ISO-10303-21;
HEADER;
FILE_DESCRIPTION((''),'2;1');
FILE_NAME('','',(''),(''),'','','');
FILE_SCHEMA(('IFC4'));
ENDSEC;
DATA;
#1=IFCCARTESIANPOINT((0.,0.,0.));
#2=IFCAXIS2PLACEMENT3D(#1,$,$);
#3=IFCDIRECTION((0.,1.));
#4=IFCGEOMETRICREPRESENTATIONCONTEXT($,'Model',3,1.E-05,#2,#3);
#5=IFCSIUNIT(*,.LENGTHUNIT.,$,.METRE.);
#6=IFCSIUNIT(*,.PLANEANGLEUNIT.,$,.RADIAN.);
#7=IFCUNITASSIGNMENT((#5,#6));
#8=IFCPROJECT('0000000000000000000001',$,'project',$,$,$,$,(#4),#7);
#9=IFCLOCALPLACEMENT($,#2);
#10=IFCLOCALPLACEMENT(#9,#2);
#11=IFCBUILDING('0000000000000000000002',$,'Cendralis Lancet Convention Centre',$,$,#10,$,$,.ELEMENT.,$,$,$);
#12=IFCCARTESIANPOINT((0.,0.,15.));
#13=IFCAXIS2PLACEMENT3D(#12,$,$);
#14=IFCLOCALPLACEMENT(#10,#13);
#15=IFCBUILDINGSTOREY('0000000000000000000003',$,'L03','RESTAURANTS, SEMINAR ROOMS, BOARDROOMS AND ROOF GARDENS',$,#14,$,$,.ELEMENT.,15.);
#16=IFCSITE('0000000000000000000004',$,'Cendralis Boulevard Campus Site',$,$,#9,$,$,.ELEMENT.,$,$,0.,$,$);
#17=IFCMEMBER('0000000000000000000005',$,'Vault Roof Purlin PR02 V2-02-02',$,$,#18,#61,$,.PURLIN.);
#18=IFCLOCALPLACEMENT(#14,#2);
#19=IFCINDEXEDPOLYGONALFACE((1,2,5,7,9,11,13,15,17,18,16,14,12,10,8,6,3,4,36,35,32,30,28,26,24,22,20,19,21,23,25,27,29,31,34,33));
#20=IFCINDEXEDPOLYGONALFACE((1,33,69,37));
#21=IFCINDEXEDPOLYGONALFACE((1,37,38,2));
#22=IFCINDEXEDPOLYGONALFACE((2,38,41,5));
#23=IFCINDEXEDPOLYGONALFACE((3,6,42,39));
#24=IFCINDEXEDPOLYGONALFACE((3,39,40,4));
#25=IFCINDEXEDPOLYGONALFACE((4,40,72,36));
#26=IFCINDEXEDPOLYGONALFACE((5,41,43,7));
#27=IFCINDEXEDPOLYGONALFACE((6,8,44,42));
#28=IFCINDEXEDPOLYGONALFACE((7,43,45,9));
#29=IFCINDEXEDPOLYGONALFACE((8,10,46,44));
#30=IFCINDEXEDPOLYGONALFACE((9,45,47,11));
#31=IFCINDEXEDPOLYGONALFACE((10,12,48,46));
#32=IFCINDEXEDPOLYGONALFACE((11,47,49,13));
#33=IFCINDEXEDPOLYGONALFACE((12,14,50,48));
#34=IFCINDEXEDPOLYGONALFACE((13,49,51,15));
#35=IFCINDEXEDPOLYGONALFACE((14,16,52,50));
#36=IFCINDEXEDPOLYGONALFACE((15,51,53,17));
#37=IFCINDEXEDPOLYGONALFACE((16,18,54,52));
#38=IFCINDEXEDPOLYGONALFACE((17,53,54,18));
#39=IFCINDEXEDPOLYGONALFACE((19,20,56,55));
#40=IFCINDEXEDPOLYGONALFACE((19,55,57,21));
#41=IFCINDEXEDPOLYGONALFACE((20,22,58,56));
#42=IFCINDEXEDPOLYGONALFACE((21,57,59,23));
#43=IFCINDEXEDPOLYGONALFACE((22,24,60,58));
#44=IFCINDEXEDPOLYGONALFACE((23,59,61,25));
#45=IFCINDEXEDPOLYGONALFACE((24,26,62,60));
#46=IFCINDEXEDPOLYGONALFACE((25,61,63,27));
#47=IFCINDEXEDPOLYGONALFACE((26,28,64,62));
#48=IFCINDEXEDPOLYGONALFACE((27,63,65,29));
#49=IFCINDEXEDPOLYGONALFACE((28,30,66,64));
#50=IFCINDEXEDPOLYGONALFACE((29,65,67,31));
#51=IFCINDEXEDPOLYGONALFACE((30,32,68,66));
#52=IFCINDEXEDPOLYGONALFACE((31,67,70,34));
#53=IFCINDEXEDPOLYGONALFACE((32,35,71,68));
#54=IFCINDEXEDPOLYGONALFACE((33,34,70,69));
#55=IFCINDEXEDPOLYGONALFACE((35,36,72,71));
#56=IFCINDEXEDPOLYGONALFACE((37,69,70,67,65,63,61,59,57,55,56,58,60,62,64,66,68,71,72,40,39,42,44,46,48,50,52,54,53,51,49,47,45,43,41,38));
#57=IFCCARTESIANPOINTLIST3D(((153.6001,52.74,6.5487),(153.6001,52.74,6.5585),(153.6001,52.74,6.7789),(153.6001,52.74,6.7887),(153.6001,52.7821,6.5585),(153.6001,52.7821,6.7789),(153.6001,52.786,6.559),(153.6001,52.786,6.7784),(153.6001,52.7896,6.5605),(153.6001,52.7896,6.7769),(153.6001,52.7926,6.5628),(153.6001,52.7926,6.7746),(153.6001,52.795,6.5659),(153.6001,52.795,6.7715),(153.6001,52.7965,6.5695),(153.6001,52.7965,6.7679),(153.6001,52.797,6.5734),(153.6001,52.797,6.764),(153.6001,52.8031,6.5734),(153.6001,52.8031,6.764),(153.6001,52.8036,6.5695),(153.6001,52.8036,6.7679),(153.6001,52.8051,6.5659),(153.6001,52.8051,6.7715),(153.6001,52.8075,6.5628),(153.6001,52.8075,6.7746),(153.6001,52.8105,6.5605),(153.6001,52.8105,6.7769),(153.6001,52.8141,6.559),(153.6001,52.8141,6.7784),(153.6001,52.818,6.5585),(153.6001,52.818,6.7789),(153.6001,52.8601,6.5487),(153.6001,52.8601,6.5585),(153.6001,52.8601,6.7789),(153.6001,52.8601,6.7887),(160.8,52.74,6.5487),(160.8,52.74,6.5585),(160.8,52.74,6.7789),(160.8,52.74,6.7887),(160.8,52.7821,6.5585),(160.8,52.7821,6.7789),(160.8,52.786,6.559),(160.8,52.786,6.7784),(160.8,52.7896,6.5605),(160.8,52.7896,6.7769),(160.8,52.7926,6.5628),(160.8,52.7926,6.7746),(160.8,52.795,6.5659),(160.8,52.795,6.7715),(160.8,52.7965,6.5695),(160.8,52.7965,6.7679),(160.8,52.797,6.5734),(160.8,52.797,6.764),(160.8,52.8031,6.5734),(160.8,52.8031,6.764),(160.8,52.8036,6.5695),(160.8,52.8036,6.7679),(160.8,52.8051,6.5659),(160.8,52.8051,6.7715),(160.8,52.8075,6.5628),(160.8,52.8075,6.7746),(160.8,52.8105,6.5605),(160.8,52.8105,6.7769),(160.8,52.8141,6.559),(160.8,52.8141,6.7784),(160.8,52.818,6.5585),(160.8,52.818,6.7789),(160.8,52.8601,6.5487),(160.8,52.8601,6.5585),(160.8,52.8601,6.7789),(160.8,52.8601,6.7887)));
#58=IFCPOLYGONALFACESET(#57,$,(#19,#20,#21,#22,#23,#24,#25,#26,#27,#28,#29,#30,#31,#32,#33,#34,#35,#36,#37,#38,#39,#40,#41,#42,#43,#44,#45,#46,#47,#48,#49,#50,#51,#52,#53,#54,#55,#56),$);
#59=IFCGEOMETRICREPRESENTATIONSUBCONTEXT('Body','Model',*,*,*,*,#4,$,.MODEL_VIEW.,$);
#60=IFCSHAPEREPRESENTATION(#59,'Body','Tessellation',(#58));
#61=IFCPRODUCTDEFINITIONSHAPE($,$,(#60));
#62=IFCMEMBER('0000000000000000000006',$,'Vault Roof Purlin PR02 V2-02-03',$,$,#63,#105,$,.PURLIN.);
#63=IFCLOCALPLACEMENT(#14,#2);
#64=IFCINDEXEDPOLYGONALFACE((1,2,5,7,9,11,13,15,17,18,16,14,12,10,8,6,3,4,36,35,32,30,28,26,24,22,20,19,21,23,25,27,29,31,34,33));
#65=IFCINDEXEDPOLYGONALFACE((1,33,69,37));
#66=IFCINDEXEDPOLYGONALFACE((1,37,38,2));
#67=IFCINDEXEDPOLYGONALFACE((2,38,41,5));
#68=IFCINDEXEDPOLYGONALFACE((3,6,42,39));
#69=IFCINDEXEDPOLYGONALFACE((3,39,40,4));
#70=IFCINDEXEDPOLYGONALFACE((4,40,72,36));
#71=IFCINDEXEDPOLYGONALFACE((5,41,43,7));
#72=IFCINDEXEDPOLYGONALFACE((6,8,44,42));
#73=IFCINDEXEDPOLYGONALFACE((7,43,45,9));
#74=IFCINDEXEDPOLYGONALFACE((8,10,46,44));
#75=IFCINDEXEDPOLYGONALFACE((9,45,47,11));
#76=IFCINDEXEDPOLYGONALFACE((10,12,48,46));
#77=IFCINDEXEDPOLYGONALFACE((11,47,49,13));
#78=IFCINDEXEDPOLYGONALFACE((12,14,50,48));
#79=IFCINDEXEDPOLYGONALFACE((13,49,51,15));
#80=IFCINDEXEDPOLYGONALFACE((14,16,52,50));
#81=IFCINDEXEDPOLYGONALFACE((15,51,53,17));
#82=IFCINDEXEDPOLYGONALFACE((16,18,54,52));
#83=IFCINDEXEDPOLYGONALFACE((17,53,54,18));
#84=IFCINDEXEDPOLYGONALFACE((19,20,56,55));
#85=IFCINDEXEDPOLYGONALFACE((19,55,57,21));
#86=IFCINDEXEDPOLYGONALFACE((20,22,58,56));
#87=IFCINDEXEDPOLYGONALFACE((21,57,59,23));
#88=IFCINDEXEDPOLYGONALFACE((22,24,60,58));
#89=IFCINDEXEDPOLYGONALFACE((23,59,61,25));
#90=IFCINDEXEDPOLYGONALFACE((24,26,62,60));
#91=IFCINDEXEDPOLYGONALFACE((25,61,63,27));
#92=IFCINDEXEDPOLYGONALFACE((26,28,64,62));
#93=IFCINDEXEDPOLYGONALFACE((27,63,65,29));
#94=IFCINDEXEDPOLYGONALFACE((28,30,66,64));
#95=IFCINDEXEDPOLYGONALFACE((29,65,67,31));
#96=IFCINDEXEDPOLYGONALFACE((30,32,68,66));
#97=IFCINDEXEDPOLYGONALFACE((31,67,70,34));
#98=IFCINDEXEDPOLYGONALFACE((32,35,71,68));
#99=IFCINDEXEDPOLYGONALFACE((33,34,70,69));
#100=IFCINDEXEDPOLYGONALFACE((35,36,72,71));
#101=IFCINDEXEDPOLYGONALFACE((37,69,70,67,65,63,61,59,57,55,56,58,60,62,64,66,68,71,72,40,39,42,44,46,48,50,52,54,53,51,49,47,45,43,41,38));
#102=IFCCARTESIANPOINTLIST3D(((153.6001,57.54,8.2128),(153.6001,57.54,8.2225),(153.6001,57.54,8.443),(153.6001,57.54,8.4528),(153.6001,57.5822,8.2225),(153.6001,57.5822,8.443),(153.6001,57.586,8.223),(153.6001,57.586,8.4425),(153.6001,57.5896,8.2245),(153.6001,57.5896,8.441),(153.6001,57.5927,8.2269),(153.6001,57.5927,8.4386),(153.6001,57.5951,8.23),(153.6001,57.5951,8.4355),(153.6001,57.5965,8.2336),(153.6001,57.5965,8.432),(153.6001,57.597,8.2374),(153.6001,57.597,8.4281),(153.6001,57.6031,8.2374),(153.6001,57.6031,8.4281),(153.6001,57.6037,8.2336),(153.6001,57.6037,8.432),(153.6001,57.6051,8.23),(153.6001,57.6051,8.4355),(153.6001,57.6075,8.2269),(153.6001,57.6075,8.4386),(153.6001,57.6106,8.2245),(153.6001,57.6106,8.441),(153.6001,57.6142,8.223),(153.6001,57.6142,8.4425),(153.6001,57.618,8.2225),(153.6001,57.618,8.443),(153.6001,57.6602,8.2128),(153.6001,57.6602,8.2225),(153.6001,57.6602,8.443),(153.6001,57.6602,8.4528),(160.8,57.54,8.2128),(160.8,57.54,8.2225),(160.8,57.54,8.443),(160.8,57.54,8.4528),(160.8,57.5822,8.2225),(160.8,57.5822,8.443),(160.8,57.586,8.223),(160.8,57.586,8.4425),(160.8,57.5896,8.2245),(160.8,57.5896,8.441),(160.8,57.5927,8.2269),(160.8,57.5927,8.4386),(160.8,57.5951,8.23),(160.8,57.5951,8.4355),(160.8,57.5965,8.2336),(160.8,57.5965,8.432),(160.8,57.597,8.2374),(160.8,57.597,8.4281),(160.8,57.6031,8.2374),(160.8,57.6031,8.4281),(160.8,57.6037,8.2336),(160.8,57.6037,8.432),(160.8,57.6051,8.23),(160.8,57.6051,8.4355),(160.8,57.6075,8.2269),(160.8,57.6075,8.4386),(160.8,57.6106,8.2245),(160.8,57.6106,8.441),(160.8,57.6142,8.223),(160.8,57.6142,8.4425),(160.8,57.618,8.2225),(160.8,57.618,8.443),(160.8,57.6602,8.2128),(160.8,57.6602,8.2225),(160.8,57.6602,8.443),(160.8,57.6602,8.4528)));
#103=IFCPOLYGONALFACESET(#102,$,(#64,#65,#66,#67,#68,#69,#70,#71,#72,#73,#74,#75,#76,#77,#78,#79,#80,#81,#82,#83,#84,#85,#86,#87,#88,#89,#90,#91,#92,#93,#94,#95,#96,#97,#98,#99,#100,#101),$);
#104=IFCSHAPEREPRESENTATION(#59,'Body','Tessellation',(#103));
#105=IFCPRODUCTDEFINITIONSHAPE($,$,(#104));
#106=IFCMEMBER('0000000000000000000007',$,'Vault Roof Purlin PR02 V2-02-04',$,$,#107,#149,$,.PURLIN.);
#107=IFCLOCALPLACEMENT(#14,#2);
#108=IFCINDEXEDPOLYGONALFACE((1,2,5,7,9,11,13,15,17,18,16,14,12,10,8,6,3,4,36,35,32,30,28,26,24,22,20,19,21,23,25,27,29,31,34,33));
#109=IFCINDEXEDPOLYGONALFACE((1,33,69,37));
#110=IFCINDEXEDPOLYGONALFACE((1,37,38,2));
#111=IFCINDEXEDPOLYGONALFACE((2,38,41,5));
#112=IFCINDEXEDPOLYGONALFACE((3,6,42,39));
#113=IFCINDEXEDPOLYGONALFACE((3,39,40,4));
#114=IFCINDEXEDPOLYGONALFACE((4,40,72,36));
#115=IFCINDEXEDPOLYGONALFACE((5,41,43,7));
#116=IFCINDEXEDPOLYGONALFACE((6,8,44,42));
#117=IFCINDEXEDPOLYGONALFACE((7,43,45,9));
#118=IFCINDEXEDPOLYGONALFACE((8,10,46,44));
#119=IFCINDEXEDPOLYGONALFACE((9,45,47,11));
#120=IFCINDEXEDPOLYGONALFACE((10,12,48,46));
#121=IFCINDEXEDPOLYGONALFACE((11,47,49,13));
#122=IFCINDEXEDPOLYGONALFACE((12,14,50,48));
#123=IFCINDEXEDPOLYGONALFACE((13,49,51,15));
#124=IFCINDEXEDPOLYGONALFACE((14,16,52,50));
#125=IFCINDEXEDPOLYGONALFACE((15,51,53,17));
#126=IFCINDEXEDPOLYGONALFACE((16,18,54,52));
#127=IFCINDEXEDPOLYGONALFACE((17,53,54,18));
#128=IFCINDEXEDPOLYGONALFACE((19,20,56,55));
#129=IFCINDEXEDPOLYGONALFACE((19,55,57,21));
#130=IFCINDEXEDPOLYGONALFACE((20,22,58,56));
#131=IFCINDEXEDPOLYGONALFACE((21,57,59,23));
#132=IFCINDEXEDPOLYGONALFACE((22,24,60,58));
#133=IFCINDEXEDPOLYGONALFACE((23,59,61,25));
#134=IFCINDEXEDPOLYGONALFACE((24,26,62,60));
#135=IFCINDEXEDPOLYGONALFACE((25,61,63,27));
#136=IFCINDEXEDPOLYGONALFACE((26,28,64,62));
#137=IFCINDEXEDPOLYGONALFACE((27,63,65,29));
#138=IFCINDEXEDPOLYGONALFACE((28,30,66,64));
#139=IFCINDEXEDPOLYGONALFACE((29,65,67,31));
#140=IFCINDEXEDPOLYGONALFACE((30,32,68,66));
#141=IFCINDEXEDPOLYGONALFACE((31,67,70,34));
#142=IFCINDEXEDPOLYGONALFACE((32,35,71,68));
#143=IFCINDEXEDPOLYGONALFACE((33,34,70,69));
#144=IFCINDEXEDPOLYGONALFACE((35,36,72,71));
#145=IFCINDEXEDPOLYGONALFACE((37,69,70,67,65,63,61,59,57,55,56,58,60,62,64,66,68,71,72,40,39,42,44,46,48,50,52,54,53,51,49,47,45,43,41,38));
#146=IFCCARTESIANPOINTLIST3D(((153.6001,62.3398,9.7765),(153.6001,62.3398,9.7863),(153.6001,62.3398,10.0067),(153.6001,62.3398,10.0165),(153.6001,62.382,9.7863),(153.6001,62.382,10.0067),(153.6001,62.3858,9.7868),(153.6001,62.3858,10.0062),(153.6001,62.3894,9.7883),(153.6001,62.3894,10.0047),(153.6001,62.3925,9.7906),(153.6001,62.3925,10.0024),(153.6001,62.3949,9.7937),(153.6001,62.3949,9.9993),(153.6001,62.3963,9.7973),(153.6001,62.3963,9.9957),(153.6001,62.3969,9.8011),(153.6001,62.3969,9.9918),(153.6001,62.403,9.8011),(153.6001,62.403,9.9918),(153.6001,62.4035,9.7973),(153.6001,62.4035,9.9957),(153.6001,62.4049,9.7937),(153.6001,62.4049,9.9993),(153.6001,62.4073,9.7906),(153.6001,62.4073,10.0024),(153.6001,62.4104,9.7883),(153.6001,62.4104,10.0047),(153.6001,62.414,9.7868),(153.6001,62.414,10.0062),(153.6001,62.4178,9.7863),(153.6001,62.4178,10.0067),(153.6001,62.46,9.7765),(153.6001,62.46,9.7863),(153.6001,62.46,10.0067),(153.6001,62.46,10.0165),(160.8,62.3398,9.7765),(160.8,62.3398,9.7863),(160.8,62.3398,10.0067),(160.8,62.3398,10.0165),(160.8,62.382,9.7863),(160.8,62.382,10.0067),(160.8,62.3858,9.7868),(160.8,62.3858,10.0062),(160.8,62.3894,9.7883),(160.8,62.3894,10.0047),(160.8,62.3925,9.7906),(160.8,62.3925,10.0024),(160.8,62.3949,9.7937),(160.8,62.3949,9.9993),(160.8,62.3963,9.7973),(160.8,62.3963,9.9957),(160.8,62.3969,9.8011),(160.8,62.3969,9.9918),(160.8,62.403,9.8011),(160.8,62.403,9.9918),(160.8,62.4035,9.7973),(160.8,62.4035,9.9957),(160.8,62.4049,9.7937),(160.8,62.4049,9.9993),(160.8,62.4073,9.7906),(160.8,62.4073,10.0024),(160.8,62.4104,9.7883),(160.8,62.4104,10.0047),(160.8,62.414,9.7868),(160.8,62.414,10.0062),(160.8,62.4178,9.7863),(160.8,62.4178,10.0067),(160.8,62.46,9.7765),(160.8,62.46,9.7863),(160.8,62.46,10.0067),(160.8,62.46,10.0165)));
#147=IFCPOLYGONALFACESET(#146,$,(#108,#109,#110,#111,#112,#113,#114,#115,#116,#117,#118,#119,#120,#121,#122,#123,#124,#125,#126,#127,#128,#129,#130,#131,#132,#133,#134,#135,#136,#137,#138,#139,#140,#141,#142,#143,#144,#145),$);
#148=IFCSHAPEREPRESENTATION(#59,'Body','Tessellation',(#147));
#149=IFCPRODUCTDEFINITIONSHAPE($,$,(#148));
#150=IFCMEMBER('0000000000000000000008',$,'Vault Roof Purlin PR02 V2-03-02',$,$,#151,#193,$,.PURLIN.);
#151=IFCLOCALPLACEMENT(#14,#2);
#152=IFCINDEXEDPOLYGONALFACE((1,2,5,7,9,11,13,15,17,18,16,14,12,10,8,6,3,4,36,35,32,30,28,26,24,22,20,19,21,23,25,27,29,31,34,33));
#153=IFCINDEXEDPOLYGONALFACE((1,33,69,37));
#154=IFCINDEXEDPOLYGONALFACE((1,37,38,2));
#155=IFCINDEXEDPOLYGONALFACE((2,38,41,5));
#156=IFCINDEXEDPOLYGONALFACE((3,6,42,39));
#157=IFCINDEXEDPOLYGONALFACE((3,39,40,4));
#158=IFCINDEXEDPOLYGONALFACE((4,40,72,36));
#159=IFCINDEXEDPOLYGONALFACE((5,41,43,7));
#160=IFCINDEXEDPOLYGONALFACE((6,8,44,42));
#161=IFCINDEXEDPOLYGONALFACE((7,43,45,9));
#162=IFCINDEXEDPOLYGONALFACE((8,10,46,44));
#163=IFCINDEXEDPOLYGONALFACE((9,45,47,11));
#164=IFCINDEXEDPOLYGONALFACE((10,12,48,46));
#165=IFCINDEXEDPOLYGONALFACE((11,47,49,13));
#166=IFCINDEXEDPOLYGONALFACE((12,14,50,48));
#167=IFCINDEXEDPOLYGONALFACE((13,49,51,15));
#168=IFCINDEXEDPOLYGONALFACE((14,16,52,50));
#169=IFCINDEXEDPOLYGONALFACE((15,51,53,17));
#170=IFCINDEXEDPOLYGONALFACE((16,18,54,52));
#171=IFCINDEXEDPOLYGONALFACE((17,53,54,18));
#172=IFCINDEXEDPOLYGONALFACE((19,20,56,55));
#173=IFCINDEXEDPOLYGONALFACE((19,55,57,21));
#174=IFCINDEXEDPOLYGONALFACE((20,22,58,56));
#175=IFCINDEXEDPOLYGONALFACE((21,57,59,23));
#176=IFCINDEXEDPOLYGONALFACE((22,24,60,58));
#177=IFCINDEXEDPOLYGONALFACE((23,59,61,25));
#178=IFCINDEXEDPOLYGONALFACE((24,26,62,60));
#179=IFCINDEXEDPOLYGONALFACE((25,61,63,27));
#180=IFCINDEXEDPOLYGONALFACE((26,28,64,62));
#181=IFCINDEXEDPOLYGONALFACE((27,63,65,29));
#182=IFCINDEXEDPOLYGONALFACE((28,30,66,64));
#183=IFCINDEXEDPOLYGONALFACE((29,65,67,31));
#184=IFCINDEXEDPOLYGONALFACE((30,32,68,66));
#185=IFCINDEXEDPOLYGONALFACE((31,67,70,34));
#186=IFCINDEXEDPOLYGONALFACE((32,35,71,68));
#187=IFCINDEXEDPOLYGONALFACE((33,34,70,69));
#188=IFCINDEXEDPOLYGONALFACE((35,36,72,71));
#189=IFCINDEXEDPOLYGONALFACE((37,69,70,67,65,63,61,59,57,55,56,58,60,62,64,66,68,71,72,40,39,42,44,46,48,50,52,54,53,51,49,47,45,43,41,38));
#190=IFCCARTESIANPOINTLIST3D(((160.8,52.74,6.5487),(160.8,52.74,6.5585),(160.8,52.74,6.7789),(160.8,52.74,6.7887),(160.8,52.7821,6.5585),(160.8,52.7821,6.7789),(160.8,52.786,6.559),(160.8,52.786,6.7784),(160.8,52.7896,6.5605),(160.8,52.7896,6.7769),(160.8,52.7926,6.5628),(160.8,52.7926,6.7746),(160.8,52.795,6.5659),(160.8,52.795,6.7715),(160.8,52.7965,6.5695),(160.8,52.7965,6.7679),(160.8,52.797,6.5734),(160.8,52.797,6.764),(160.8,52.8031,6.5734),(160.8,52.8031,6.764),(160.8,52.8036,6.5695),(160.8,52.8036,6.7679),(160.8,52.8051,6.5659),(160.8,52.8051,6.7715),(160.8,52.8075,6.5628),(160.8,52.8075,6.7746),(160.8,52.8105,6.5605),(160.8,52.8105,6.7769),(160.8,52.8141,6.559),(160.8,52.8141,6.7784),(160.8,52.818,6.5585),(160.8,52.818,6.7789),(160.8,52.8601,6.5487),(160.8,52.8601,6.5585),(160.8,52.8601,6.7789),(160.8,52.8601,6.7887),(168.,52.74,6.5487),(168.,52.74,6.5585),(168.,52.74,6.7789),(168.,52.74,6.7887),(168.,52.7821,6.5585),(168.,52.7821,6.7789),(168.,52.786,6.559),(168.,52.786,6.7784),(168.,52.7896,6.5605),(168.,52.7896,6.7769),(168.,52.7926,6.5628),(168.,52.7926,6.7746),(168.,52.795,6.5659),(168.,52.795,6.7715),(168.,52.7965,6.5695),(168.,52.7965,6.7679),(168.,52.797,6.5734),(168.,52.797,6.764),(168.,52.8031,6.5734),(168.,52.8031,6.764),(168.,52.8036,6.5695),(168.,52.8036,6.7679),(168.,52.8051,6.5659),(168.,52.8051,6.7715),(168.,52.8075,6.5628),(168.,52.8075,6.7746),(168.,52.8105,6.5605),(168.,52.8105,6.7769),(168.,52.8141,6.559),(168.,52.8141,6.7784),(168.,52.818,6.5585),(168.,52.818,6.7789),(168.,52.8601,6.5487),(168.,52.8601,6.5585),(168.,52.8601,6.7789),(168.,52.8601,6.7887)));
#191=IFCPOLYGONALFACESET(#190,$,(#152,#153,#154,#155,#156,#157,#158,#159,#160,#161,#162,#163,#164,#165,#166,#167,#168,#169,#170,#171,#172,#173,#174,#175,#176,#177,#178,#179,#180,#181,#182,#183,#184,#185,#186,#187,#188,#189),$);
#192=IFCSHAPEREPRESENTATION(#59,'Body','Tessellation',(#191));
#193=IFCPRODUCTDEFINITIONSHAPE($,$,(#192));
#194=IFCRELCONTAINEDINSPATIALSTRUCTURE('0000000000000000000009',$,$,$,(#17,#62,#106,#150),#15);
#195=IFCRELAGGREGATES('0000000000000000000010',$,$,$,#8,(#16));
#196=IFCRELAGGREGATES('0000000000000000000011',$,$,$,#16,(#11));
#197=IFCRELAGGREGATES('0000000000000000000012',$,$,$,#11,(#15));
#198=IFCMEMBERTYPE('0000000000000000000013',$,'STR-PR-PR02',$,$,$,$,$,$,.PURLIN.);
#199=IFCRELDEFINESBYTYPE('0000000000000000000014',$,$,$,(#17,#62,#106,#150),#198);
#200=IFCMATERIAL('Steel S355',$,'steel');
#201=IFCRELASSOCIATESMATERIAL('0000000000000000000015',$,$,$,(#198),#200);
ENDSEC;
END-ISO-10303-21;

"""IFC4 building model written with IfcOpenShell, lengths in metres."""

from ifc_helpers import new_model, si_unit, direction, frame, origin, origin_2d, place, context, subcontext, project, spatial, i_section, extrude, material, material_profile, profile_set, type_object, element, save


model = new_model("IFC4")

# Units and contexts
model_context = context("Model", 3, precision=1e-05, world=origin(), true_north=direction((0.0, 1.0)))
body_context = subcontext(model_context, "Body", "Model", "MODEL_VIEW")
ifc_project = project(units=[si_unit("LENGTHUNIT", "METRE"), si_unit("PLANEANGLEUNIT", "RADIAN")], contexts=[model_context])

# Site, building, storey
site_placement = place(None, origin())
site = spatial("IfcSite", under=ifc_project, at=site_placement, Name="Cendralis Boulevard Campus Site", CompositionType="ELEMENT", RefElevation=0.0)
building_placement = place(site_placement, origin())
building = spatial("IfcBuilding", under=site, at=building_placement, Name="Cendralis Lancet Convention Centre", CompositionType="ELEMENT")
storey_placement = place(building_placement, frame((0.0, 0.0, 15.0)))
storey = spatial("IfcBuildingStorey", under=building, at=storey_placement, Name="L03", Description="RESTAURANTS, SEMINAR ROOMS, BOARDROOMS AND ROOF GARDENS", CompositionType="ELEMENT", Elevation=15.0)

# Members
ifc_material = material(Name="Steel S355", Category="steel")
ifc_material_profile_1 = material_profile(ifc_material, i_section(OverallWidth=0.1201, OverallDepth=0.24, WebThickness=0.0061, FlangeThickness=0.0098, FilletRadius=0.0149, at=origin_2d()), Name="IPE 240")
ifc_profile_set_1 = profile_set([ifc_material_profile_1], Name="Steel S355")
member_type_1 = type_object("IfcMemberType", Name="STR-PR-PR02", PredefinedType="PURLIN", material=ifc_profile_set_1)
for number, where, z_axis, x_axis, name in (
    (1, (153.6001, 52.8, 6.6687), (1.0, 0.0, 0.0), (0.0, 1.0, 0.0), "Vault Roof Purlin PR02 V2-02-02"),
    (2, (153.6001, 57.6001, 8.3328), (1.0, 0.0, 0.0), (0.0, 1.0, 0.0), "Vault Roof Purlin PR02 V2-02-03"),
    (3, (153.6001, 62.3999, 9.8965), (1.0, 0.0, 0.0), (0.0, 1.0, 0.0), "Vault Roof Purlin PR02 V2-02-04"),
    (4, (160.8, 52.8, 6.6687), (1.0, 0.0, 0.0), (0.0, 1.0, 0.0), "Vault Roof Purlin PR02 V2-03-02"),
):
    element("IfcMember", number, at=place(storey_placement, frame(where, z_axis=z_axis, x_axis=x_axis)), inside=storey, type_object=member_type_1, Name=name, PredefinedType="PURLIN", context=body_context, shape_type="SweptSolid", body=[
        extrude(i_section(OverallWidth=0.1201, OverallDepth=0.24, WebThickness=0.0061, FlangeThickness=0.0098, FilletRadius=0.0149, at=origin_2d()), origin(), (0.0, 0.0, 1.0), 7.2),
    ])

save(model, "model.ifc")
